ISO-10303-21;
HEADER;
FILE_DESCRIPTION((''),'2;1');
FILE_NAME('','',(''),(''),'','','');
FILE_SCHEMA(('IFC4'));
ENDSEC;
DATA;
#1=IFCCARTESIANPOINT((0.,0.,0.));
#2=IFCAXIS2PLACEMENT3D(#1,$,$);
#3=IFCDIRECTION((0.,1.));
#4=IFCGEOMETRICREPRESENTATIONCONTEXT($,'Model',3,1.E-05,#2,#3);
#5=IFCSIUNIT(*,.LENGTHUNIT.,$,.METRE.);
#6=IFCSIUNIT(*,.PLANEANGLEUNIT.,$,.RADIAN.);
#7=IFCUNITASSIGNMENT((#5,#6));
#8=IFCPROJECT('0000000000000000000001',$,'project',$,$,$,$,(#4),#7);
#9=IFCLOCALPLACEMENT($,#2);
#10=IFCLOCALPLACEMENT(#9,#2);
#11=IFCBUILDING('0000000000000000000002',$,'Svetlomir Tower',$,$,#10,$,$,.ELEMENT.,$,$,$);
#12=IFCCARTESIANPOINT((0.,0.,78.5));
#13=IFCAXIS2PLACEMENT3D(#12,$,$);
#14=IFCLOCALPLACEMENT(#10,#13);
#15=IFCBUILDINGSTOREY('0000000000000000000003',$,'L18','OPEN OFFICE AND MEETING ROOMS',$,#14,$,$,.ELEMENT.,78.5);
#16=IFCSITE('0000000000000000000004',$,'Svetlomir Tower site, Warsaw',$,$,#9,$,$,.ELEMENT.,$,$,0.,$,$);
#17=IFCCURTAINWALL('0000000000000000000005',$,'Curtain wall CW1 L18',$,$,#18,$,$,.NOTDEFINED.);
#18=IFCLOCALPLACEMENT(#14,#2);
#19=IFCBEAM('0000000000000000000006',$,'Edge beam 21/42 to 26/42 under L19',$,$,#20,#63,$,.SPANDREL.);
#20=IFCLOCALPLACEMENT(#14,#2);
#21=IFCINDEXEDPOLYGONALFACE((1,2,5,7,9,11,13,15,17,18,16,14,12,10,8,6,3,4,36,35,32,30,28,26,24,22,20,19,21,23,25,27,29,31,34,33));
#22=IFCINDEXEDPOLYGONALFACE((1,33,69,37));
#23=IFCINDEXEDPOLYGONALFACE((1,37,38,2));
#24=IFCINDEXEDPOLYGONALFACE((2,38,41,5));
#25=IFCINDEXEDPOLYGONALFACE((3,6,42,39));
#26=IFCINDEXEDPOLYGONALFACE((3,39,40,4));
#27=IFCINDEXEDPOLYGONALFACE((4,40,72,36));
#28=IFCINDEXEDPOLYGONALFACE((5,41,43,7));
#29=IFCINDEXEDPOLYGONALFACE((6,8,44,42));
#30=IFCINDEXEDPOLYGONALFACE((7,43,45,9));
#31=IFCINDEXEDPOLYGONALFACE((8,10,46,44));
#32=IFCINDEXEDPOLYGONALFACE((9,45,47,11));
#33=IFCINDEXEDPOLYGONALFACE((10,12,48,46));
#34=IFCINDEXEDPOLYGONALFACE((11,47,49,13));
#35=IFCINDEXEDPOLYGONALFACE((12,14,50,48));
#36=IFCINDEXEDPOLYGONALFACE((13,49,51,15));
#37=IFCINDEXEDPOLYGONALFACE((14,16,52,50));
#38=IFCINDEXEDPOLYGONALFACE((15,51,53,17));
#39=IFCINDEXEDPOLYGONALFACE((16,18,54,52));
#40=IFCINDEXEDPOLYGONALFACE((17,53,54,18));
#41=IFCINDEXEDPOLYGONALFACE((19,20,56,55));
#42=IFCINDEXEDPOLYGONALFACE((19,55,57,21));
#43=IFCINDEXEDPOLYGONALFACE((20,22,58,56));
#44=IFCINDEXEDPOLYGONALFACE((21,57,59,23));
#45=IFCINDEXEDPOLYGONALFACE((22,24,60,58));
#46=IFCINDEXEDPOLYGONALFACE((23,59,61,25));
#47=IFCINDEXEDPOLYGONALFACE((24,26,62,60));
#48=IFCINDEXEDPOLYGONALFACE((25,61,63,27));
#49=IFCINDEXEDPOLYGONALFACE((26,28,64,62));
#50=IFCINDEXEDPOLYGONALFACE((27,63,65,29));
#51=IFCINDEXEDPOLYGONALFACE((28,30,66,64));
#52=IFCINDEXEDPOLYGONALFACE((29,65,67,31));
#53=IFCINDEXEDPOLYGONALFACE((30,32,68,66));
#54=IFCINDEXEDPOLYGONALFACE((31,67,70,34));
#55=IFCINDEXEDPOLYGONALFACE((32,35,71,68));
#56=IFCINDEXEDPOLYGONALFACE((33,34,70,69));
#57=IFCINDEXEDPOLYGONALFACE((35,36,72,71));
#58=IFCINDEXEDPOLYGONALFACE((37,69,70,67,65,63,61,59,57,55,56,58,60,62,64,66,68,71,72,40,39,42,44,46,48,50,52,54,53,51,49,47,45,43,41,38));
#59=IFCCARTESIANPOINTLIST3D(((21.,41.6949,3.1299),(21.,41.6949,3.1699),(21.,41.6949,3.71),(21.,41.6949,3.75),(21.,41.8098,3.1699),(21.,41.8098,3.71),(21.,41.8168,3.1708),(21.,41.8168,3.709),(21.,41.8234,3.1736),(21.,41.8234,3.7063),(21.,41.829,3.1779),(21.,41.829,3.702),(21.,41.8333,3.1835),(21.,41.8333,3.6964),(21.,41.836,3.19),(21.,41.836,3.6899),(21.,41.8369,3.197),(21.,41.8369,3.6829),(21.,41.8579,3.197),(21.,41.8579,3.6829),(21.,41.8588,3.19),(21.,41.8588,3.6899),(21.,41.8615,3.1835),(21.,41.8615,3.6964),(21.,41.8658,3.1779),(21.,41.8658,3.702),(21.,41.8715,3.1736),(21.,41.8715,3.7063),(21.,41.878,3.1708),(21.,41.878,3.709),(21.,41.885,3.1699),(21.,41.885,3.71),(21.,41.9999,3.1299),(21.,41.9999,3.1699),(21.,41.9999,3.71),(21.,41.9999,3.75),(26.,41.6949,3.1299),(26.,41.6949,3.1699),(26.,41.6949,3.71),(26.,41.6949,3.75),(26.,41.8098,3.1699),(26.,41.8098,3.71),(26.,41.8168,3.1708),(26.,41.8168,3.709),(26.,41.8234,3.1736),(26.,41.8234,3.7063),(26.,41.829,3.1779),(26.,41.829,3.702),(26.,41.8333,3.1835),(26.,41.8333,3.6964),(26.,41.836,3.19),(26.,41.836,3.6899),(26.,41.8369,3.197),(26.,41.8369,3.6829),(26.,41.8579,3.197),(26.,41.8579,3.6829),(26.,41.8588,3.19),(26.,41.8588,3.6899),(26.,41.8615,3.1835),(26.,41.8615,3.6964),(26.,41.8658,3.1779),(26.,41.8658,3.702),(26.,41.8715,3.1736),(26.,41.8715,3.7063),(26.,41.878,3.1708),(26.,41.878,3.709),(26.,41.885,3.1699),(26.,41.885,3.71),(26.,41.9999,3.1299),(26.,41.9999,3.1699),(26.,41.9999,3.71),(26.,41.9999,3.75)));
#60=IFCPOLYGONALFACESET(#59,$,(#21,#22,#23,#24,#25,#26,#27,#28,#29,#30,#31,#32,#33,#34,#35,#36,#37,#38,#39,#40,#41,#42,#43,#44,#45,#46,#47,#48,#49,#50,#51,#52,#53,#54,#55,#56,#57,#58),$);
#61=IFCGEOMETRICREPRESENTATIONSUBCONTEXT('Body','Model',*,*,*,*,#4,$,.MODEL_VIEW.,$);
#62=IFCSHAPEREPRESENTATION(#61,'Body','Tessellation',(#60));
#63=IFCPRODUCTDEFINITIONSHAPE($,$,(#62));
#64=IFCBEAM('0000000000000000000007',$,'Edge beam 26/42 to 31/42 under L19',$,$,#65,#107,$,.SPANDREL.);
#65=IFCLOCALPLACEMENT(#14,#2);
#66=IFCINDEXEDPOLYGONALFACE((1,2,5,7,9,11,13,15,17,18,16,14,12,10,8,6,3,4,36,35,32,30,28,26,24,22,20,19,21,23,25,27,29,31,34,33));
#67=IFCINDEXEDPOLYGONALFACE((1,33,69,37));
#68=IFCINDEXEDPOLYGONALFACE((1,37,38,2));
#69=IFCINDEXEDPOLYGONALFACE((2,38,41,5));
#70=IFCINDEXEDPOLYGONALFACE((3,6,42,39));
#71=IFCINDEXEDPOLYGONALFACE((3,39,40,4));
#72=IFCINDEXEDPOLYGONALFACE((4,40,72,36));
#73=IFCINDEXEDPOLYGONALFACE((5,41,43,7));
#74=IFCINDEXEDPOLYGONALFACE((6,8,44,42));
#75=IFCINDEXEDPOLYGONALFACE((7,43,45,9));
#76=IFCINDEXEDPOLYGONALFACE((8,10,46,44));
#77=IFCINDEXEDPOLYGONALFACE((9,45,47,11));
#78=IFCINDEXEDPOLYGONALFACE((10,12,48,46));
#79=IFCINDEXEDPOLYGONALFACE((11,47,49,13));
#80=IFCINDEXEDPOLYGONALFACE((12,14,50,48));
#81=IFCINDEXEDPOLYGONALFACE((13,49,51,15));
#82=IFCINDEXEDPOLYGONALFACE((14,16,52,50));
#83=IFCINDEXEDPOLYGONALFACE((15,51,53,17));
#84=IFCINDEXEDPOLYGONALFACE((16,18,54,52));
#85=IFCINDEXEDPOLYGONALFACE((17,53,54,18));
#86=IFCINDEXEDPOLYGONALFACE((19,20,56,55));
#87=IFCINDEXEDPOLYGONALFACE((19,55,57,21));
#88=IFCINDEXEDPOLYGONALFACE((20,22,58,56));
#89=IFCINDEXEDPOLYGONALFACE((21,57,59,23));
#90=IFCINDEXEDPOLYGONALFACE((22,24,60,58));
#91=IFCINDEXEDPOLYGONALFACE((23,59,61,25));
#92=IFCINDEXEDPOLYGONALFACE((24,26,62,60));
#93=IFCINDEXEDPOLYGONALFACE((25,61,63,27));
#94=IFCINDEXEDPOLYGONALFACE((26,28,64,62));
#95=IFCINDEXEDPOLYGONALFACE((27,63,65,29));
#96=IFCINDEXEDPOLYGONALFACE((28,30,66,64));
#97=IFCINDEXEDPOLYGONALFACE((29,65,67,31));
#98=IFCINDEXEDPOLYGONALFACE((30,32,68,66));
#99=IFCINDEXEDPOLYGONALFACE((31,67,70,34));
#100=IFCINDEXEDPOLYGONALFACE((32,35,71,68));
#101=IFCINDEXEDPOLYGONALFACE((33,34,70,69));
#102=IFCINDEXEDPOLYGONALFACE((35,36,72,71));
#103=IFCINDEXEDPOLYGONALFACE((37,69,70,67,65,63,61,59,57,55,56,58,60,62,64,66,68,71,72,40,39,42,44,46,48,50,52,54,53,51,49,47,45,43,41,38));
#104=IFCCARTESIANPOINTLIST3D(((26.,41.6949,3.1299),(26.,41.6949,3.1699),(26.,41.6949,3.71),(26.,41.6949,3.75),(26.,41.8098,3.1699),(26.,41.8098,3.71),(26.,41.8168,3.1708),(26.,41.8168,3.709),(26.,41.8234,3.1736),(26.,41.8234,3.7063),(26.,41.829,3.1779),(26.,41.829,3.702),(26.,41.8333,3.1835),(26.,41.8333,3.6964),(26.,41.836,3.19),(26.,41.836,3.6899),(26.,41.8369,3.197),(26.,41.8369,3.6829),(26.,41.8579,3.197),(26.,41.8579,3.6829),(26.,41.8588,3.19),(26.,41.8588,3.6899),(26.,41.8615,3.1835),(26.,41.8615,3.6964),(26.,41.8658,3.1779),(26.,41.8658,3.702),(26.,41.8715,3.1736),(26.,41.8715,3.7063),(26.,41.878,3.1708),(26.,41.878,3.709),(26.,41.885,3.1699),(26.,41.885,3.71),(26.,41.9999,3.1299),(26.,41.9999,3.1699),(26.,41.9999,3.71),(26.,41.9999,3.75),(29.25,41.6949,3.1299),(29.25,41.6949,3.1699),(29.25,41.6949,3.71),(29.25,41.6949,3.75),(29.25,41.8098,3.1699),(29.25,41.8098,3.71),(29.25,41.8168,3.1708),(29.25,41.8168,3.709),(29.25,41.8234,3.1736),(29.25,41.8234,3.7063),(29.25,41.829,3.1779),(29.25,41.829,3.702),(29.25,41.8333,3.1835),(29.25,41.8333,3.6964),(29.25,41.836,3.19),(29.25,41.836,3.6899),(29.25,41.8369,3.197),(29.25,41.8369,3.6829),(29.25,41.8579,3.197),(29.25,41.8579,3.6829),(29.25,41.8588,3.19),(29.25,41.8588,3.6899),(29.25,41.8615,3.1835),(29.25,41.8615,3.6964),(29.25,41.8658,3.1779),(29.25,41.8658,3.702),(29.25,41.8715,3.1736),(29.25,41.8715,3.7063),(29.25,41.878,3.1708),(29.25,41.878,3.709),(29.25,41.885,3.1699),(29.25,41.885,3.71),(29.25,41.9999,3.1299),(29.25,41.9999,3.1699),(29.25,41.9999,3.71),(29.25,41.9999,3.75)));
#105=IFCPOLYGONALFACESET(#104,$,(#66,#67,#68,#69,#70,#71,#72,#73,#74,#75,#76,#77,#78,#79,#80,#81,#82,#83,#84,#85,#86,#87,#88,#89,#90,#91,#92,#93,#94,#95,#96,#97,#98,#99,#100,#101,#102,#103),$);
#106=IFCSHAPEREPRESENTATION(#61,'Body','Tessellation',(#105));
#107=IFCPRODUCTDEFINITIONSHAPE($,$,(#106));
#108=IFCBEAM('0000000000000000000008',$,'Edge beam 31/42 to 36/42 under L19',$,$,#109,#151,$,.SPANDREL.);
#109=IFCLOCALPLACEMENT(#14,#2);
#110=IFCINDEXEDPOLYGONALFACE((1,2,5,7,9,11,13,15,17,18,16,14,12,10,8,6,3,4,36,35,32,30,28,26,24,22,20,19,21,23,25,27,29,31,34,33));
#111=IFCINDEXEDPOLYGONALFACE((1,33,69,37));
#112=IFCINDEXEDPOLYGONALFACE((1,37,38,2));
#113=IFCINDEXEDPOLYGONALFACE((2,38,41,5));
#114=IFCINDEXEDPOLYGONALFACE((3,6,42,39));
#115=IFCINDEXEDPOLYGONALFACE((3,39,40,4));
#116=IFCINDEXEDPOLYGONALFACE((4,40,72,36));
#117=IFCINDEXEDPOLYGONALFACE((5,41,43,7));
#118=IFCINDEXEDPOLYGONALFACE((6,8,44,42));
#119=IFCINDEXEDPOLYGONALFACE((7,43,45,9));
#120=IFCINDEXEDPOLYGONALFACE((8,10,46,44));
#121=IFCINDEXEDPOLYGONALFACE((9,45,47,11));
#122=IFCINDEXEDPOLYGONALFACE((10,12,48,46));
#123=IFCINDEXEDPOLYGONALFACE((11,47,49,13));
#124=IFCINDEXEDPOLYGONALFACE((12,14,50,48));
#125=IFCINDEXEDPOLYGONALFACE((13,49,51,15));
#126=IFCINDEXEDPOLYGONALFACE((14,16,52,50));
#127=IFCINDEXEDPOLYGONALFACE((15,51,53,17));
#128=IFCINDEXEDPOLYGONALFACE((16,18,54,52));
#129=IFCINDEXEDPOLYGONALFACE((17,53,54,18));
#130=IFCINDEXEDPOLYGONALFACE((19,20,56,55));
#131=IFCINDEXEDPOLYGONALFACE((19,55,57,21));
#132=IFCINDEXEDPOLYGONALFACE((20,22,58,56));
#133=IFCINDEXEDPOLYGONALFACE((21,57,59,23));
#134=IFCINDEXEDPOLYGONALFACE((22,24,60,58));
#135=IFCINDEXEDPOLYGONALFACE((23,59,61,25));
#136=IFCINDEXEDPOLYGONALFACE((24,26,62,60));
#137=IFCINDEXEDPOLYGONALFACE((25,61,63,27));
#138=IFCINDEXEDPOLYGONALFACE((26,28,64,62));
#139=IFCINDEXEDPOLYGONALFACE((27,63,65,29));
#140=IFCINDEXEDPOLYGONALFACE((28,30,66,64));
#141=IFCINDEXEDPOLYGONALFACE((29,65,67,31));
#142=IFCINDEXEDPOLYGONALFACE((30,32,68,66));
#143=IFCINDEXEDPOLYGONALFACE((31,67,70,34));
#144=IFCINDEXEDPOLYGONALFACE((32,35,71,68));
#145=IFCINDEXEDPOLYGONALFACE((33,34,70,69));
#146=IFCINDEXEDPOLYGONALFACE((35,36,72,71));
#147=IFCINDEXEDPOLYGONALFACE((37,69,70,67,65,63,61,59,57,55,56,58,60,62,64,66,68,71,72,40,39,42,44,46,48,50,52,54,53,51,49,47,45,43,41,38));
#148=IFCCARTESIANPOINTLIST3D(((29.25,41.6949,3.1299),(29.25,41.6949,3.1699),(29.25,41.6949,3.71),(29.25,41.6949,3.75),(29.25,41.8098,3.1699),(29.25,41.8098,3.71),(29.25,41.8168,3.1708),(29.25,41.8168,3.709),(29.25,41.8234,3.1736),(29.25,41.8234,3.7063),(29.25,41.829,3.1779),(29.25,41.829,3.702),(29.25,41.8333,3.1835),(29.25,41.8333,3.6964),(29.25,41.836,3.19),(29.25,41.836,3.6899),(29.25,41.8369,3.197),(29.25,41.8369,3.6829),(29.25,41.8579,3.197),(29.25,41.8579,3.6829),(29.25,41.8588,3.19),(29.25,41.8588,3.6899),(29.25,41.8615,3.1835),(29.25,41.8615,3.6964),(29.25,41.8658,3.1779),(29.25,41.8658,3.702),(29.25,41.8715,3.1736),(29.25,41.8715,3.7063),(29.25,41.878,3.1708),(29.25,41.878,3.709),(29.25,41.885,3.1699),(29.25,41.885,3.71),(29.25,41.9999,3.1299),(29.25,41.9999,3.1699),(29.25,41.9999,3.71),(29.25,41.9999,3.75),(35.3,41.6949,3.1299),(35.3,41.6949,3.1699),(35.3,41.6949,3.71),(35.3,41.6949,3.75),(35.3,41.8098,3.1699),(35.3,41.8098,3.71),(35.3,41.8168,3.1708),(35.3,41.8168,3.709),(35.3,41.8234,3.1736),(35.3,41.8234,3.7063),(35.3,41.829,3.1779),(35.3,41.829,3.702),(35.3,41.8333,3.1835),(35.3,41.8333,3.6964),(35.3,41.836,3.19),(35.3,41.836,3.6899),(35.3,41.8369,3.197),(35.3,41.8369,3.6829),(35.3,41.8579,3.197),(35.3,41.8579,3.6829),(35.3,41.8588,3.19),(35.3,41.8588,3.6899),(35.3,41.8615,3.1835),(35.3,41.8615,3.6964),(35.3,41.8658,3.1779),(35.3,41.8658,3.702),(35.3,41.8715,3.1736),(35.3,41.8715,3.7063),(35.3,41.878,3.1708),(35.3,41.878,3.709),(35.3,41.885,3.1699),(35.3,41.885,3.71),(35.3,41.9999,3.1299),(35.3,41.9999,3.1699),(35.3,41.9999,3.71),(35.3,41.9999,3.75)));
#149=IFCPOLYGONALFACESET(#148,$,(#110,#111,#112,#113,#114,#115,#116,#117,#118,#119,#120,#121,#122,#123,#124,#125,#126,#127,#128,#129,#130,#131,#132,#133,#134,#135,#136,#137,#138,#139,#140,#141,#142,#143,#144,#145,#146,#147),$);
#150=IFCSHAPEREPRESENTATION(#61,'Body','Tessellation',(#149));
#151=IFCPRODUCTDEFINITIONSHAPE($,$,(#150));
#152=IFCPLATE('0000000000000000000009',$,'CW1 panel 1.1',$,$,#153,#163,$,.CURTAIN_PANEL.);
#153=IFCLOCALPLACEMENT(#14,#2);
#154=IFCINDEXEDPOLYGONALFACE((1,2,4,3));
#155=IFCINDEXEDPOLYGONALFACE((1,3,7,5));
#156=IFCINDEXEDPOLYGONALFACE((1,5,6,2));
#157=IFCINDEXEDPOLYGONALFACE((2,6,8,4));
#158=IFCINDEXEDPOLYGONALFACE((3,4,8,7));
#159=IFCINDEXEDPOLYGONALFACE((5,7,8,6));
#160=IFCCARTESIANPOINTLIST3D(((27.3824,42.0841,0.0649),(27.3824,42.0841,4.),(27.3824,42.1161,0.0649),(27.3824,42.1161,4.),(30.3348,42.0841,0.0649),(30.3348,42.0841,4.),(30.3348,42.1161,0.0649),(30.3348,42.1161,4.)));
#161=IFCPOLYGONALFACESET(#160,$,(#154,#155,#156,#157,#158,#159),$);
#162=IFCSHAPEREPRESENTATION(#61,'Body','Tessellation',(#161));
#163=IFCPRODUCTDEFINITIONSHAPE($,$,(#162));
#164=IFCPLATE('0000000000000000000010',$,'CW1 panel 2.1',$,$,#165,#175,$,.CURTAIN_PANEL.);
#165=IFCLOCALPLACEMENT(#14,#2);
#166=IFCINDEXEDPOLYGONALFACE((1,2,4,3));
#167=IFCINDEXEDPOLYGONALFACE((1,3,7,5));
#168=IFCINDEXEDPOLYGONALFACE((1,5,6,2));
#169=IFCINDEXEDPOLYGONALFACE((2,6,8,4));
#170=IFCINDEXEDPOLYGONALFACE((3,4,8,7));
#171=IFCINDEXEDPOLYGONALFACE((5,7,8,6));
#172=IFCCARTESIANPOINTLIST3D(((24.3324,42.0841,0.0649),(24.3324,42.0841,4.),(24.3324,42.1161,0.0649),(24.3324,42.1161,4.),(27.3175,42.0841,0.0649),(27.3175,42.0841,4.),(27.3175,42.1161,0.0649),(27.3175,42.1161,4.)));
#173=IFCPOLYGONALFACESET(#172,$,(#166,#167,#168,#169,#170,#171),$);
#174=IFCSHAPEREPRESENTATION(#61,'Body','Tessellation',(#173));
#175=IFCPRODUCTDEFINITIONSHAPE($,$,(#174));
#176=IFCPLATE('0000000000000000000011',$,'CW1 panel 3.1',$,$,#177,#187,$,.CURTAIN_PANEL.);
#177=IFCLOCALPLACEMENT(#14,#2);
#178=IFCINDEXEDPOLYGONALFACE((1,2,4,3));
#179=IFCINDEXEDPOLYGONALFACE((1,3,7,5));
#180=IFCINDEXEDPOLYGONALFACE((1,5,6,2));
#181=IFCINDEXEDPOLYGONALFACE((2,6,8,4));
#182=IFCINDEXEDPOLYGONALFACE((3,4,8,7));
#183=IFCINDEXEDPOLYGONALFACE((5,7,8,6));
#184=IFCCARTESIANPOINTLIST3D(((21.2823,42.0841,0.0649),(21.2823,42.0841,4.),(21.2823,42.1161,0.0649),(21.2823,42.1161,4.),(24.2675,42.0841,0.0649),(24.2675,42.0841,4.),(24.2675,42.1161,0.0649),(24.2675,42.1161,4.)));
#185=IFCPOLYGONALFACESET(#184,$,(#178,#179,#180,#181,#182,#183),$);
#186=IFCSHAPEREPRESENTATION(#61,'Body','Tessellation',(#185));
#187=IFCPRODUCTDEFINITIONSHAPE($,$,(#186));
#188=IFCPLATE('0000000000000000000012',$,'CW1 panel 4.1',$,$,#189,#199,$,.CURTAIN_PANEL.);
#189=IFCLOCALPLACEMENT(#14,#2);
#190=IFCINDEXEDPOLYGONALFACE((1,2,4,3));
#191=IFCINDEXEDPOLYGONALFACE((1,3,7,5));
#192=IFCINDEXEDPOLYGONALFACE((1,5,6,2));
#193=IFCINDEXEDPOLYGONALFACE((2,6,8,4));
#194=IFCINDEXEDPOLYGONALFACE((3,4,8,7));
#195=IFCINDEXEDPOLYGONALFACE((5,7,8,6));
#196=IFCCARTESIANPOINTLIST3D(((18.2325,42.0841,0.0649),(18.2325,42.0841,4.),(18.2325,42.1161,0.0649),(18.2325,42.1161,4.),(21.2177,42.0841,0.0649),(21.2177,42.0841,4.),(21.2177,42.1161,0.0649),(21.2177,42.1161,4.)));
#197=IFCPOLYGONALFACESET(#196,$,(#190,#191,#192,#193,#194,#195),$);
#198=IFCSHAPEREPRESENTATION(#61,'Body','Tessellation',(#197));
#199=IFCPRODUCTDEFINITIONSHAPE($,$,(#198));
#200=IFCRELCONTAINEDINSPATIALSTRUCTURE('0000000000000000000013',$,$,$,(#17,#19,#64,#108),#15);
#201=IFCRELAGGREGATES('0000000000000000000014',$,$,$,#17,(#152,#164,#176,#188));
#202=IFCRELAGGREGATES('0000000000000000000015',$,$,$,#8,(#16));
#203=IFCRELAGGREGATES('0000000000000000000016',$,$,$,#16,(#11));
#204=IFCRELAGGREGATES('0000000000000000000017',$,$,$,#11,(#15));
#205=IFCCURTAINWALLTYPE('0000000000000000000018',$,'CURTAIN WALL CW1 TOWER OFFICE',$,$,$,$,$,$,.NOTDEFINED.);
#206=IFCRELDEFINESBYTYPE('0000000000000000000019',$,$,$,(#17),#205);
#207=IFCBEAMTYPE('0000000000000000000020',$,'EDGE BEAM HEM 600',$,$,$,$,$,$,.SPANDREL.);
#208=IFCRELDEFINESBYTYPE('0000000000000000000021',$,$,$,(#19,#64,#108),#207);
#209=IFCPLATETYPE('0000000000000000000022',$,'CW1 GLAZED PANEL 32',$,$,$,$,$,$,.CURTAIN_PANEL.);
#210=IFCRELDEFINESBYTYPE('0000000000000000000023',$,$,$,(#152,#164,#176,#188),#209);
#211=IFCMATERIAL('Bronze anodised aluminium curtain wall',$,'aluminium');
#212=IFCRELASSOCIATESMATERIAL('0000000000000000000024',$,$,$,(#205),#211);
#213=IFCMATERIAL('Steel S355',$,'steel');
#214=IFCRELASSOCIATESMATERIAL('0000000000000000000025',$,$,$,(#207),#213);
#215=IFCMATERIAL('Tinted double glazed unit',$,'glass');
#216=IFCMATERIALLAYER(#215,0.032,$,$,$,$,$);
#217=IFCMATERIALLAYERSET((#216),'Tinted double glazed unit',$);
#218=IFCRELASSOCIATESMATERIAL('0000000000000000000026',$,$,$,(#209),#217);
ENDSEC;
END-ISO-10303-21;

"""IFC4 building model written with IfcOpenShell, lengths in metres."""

from ifc_helpers import new_model, si_unit, direction, frame, origin, origin_2d, place, context, subcontext, project, spatial, rectangle, i_section, extrude, material, layer, layer_set, material_profile, profile_set, type_object, element, aggregate, save


model = new_model("IFC4")

# Units and contexts
model_context = context("Model", 3, precision=1e-05, world=origin(), true_north=direction((0.0, 1.0)))
body_context = subcontext(model_context, "Body", "Model", "MODEL_VIEW")
ifc_project = project(units=[si_unit("LENGTHUNIT", "METRE"), si_unit("PLANEANGLEUNIT", "RADIAN")], contexts=[model_context])

# Site, building, storey
site_placement = place(None, origin())
site = spatial("IfcSite", under=ifc_project, at=site_placement, Name="Svetlomir Tower site, Warsaw", CompositionType="ELEMENT", RefElevation=0.0)
building_placement = place(site_placement, origin())
building = spatial("IfcBuilding", under=site, at=building_placement, Name="Svetlomir Tower", CompositionType="ELEMENT")
storey_placement = place(building_placement, frame((0.0, 0.0, 78.5)))
storey = spatial("IfcBuildingStorey", under=building, at=storey_placement, Name="L18", Description="OPEN OFFICE AND MEETING ROOMS", CompositionType="ELEMENT", Elevation=78.5)

# Curtain wall
ifc_material_1 = material(Name="Bronze anodised aluminium curtain wall", Category="aluminium")
curtain_wall_type = type_object("IfcCurtainWallType", Name="CURTAIN WALL CW1 TOWER OFFICE", PredefinedType="NOTDEFINED", material=ifc_material_1)
curtain_wall_placement = place(storey_placement, origin())
curtain_wall = element("IfcCurtainWall", 1, at=curtain_wall_placement, inside=storey, type_object=curtain_wall_type, Name="Curtain wall CW1 L18", PredefinedType="NOTDEFINED")

# Beams
ifc_material_2 = material(Name="Steel S355", Category="steel")
ifc_material_profile_1 = material_profile(ifc_material_2, i_section(OverallWidth=0.3049, OverallDepth=0.6201, WebThickness=0.021, FlangeThickness=0.04, FilletRadius=0.0271, at=origin_2d()), Name="HEM 600")
ifc_profile_set_1 = profile_set([ifc_material_profile_1], Name="Steel S355")
beam_type_1 = type_object("IfcBeamType", Name="EDGE BEAM HEM 600", PredefinedType="SPANDREL", material=ifc_profile_set_1)
for number, where, z_axis, x_axis, name in (
    (2, (21.0, 41.8474, 3.4399), (1.0, 0.0, 0.0), (0.0, 1.0, 0.0), "Edge beam 21/42 to 26/42 under L19"),
):
    element("IfcBeam", number, at=place(storey_placement, frame(where, z_axis=z_axis, x_axis=x_axis)), inside=storey, type_object=beam_type_1, Name=name, PredefinedType="SPANDREL", context=body_context, shape_type="SweptSolid", body=[
        extrude(i_section(OverallWidth=0.3049, OverallDepth=0.6201, WebThickness=0.021, FlangeThickness=0.04, FilletRadius=0.0271, at=origin_2d()), origin(), (0.0, 0.0, 1.0), 5.0),
    ])
beam_1_placement = place(storey_placement, frame((26.0, 41.8474, 3.4399), z_axis=(1.0, 0.0, 0.0), x_axis=(0.0, 1.0, 0.0)))
element("IfcBeam", 3, at=beam_1_placement, inside=storey, type_object=beam_type_1, Name="Edge beam 26/42 to 31/42 under L19", PredefinedType="SPANDREL", context=body_context, shape_type="SweptSolid", body=[
    extrude(i_section(OverallWidth=0.3049, OverallDepth=0.6201, WebThickness=0.021, FlangeThickness=0.04, FilletRadius=0.0271, at=origin_2d()), origin(), (0.0, 0.0, 1.0), 3.25),
])
beam_2_placement = place(storey_placement, frame((29.25, 41.8474, 3.4399), z_axis=(1.0, 0.0, 0.0), x_axis=(0.0, 1.0, 0.0)))
element("IfcBeam", 4, at=beam_2_placement, inside=storey, type_object=beam_type_1, Name="Edge beam 31/42 to 36/42 under L19", PredefinedType="SPANDREL", context=body_context, shape_type="SweptSolid", body=[
    extrude(i_section(OverallWidth=0.3049, OverallDepth=0.6201, WebThickness=0.021, FlangeThickness=0.04, FilletRadius=0.0271, at=origin_2d()), origin(), (0.0, 0.0, 1.0), 6.05),
])

# Plates
ifc_material_3 = material(Name="Tinted double glazed unit", Category="glass")
ifc_layer = layer(ifc_material_3, 0.032)
ifc_layer_set = layer_set([ifc_layer], Name="Tinted double glazed unit")
plate_type = type_object("IfcPlateType", Name="CW1 GLAZED PANEL 32", PredefinedType="CURTAIN_PANEL", material=ifc_layer_set)
plate_1_placement = place(storey_placement, frame((28.8586, 42.1001, 0.0649), z_axis=(0.0, 0.0, 1.0), x_axis=(-1.0, 0.0, 0.0)))
plate_1 = element("IfcPlate", 5, at=plate_1_placement, type_object=plate_type, Name="CW1 panel 1.1", PredefinedType="CURTAIN_PANEL", context=body_context, shape_type="SweptSolid", body=[
    extrude(rectangle(XDim=2.9524, YDim=0.032, at=origin_2d()), origin(), (0.0, 0.0, 1.0), 3.9351),
])
plate_2_placement = place(storey_placement, frame((25.825, 42.1001, 0.0649), z_axis=(0.0, 0.0, 1.0), x_axis=(-1.0, 0.0, 0.0)))
plate_2 = element("IfcPlate", 6, at=plate_2_placement, type_object=plate_type, Name="CW1 panel 2.1", PredefinedType="CURTAIN_PANEL", context=body_context, shape_type="SweptSolid", body=[
    extrude(rectangle(XDim=2.9851, YDim=0.032, at=origin_2d()), origin(), (0.0, 0.0, 1.0), 3.9351),
])
plate_3_placement = place(storey_placement, frame((22.7749, 42.1001, 0.0649), z_axis=(0.0, 0.0, 1.0), x_axis=(-1.0, 0.0, 0.0)))
plate_3 = element("IfcPlate", 7, at=plate_3_placement, type_object=plate_type, Name="CW1 panel 3.1", PredefinedType="CURTAIN_PANEL", context=body_context, shape_type="SweptSolid", body=[
    extrude(rectangle(XDim=2.9851, YDim=0.032, at=origin_2d()), origin(), (0.0, 0.0, 1.0), 3.9351),
])
plate_4_placement = place(storey_placement, frame((19.7251, 42.1001, 0.0649), z_axis=(0.0, 0.0, 1.0), x_axis=(-1.0, 0.0, 0.0)))
plate_4 = element("IfcPlate", 8, at=plate_4_placement, type_object=plate_type, Name="CW1 panel 4.1", PredefinedType="CURTAIN_PANEL", context=body_context, shape_type="SweptSolid", body=[
    extrude(rectangle(XDim=2.9851, YDim=0.032, at=origin_2d()), origin(), (0.0, 0.0, 1.0), 3.9351),
])
aggregate(curtain_wall, [plate_1, plate_2, plate_3, plate_4])

save(model, "model.ifc")
